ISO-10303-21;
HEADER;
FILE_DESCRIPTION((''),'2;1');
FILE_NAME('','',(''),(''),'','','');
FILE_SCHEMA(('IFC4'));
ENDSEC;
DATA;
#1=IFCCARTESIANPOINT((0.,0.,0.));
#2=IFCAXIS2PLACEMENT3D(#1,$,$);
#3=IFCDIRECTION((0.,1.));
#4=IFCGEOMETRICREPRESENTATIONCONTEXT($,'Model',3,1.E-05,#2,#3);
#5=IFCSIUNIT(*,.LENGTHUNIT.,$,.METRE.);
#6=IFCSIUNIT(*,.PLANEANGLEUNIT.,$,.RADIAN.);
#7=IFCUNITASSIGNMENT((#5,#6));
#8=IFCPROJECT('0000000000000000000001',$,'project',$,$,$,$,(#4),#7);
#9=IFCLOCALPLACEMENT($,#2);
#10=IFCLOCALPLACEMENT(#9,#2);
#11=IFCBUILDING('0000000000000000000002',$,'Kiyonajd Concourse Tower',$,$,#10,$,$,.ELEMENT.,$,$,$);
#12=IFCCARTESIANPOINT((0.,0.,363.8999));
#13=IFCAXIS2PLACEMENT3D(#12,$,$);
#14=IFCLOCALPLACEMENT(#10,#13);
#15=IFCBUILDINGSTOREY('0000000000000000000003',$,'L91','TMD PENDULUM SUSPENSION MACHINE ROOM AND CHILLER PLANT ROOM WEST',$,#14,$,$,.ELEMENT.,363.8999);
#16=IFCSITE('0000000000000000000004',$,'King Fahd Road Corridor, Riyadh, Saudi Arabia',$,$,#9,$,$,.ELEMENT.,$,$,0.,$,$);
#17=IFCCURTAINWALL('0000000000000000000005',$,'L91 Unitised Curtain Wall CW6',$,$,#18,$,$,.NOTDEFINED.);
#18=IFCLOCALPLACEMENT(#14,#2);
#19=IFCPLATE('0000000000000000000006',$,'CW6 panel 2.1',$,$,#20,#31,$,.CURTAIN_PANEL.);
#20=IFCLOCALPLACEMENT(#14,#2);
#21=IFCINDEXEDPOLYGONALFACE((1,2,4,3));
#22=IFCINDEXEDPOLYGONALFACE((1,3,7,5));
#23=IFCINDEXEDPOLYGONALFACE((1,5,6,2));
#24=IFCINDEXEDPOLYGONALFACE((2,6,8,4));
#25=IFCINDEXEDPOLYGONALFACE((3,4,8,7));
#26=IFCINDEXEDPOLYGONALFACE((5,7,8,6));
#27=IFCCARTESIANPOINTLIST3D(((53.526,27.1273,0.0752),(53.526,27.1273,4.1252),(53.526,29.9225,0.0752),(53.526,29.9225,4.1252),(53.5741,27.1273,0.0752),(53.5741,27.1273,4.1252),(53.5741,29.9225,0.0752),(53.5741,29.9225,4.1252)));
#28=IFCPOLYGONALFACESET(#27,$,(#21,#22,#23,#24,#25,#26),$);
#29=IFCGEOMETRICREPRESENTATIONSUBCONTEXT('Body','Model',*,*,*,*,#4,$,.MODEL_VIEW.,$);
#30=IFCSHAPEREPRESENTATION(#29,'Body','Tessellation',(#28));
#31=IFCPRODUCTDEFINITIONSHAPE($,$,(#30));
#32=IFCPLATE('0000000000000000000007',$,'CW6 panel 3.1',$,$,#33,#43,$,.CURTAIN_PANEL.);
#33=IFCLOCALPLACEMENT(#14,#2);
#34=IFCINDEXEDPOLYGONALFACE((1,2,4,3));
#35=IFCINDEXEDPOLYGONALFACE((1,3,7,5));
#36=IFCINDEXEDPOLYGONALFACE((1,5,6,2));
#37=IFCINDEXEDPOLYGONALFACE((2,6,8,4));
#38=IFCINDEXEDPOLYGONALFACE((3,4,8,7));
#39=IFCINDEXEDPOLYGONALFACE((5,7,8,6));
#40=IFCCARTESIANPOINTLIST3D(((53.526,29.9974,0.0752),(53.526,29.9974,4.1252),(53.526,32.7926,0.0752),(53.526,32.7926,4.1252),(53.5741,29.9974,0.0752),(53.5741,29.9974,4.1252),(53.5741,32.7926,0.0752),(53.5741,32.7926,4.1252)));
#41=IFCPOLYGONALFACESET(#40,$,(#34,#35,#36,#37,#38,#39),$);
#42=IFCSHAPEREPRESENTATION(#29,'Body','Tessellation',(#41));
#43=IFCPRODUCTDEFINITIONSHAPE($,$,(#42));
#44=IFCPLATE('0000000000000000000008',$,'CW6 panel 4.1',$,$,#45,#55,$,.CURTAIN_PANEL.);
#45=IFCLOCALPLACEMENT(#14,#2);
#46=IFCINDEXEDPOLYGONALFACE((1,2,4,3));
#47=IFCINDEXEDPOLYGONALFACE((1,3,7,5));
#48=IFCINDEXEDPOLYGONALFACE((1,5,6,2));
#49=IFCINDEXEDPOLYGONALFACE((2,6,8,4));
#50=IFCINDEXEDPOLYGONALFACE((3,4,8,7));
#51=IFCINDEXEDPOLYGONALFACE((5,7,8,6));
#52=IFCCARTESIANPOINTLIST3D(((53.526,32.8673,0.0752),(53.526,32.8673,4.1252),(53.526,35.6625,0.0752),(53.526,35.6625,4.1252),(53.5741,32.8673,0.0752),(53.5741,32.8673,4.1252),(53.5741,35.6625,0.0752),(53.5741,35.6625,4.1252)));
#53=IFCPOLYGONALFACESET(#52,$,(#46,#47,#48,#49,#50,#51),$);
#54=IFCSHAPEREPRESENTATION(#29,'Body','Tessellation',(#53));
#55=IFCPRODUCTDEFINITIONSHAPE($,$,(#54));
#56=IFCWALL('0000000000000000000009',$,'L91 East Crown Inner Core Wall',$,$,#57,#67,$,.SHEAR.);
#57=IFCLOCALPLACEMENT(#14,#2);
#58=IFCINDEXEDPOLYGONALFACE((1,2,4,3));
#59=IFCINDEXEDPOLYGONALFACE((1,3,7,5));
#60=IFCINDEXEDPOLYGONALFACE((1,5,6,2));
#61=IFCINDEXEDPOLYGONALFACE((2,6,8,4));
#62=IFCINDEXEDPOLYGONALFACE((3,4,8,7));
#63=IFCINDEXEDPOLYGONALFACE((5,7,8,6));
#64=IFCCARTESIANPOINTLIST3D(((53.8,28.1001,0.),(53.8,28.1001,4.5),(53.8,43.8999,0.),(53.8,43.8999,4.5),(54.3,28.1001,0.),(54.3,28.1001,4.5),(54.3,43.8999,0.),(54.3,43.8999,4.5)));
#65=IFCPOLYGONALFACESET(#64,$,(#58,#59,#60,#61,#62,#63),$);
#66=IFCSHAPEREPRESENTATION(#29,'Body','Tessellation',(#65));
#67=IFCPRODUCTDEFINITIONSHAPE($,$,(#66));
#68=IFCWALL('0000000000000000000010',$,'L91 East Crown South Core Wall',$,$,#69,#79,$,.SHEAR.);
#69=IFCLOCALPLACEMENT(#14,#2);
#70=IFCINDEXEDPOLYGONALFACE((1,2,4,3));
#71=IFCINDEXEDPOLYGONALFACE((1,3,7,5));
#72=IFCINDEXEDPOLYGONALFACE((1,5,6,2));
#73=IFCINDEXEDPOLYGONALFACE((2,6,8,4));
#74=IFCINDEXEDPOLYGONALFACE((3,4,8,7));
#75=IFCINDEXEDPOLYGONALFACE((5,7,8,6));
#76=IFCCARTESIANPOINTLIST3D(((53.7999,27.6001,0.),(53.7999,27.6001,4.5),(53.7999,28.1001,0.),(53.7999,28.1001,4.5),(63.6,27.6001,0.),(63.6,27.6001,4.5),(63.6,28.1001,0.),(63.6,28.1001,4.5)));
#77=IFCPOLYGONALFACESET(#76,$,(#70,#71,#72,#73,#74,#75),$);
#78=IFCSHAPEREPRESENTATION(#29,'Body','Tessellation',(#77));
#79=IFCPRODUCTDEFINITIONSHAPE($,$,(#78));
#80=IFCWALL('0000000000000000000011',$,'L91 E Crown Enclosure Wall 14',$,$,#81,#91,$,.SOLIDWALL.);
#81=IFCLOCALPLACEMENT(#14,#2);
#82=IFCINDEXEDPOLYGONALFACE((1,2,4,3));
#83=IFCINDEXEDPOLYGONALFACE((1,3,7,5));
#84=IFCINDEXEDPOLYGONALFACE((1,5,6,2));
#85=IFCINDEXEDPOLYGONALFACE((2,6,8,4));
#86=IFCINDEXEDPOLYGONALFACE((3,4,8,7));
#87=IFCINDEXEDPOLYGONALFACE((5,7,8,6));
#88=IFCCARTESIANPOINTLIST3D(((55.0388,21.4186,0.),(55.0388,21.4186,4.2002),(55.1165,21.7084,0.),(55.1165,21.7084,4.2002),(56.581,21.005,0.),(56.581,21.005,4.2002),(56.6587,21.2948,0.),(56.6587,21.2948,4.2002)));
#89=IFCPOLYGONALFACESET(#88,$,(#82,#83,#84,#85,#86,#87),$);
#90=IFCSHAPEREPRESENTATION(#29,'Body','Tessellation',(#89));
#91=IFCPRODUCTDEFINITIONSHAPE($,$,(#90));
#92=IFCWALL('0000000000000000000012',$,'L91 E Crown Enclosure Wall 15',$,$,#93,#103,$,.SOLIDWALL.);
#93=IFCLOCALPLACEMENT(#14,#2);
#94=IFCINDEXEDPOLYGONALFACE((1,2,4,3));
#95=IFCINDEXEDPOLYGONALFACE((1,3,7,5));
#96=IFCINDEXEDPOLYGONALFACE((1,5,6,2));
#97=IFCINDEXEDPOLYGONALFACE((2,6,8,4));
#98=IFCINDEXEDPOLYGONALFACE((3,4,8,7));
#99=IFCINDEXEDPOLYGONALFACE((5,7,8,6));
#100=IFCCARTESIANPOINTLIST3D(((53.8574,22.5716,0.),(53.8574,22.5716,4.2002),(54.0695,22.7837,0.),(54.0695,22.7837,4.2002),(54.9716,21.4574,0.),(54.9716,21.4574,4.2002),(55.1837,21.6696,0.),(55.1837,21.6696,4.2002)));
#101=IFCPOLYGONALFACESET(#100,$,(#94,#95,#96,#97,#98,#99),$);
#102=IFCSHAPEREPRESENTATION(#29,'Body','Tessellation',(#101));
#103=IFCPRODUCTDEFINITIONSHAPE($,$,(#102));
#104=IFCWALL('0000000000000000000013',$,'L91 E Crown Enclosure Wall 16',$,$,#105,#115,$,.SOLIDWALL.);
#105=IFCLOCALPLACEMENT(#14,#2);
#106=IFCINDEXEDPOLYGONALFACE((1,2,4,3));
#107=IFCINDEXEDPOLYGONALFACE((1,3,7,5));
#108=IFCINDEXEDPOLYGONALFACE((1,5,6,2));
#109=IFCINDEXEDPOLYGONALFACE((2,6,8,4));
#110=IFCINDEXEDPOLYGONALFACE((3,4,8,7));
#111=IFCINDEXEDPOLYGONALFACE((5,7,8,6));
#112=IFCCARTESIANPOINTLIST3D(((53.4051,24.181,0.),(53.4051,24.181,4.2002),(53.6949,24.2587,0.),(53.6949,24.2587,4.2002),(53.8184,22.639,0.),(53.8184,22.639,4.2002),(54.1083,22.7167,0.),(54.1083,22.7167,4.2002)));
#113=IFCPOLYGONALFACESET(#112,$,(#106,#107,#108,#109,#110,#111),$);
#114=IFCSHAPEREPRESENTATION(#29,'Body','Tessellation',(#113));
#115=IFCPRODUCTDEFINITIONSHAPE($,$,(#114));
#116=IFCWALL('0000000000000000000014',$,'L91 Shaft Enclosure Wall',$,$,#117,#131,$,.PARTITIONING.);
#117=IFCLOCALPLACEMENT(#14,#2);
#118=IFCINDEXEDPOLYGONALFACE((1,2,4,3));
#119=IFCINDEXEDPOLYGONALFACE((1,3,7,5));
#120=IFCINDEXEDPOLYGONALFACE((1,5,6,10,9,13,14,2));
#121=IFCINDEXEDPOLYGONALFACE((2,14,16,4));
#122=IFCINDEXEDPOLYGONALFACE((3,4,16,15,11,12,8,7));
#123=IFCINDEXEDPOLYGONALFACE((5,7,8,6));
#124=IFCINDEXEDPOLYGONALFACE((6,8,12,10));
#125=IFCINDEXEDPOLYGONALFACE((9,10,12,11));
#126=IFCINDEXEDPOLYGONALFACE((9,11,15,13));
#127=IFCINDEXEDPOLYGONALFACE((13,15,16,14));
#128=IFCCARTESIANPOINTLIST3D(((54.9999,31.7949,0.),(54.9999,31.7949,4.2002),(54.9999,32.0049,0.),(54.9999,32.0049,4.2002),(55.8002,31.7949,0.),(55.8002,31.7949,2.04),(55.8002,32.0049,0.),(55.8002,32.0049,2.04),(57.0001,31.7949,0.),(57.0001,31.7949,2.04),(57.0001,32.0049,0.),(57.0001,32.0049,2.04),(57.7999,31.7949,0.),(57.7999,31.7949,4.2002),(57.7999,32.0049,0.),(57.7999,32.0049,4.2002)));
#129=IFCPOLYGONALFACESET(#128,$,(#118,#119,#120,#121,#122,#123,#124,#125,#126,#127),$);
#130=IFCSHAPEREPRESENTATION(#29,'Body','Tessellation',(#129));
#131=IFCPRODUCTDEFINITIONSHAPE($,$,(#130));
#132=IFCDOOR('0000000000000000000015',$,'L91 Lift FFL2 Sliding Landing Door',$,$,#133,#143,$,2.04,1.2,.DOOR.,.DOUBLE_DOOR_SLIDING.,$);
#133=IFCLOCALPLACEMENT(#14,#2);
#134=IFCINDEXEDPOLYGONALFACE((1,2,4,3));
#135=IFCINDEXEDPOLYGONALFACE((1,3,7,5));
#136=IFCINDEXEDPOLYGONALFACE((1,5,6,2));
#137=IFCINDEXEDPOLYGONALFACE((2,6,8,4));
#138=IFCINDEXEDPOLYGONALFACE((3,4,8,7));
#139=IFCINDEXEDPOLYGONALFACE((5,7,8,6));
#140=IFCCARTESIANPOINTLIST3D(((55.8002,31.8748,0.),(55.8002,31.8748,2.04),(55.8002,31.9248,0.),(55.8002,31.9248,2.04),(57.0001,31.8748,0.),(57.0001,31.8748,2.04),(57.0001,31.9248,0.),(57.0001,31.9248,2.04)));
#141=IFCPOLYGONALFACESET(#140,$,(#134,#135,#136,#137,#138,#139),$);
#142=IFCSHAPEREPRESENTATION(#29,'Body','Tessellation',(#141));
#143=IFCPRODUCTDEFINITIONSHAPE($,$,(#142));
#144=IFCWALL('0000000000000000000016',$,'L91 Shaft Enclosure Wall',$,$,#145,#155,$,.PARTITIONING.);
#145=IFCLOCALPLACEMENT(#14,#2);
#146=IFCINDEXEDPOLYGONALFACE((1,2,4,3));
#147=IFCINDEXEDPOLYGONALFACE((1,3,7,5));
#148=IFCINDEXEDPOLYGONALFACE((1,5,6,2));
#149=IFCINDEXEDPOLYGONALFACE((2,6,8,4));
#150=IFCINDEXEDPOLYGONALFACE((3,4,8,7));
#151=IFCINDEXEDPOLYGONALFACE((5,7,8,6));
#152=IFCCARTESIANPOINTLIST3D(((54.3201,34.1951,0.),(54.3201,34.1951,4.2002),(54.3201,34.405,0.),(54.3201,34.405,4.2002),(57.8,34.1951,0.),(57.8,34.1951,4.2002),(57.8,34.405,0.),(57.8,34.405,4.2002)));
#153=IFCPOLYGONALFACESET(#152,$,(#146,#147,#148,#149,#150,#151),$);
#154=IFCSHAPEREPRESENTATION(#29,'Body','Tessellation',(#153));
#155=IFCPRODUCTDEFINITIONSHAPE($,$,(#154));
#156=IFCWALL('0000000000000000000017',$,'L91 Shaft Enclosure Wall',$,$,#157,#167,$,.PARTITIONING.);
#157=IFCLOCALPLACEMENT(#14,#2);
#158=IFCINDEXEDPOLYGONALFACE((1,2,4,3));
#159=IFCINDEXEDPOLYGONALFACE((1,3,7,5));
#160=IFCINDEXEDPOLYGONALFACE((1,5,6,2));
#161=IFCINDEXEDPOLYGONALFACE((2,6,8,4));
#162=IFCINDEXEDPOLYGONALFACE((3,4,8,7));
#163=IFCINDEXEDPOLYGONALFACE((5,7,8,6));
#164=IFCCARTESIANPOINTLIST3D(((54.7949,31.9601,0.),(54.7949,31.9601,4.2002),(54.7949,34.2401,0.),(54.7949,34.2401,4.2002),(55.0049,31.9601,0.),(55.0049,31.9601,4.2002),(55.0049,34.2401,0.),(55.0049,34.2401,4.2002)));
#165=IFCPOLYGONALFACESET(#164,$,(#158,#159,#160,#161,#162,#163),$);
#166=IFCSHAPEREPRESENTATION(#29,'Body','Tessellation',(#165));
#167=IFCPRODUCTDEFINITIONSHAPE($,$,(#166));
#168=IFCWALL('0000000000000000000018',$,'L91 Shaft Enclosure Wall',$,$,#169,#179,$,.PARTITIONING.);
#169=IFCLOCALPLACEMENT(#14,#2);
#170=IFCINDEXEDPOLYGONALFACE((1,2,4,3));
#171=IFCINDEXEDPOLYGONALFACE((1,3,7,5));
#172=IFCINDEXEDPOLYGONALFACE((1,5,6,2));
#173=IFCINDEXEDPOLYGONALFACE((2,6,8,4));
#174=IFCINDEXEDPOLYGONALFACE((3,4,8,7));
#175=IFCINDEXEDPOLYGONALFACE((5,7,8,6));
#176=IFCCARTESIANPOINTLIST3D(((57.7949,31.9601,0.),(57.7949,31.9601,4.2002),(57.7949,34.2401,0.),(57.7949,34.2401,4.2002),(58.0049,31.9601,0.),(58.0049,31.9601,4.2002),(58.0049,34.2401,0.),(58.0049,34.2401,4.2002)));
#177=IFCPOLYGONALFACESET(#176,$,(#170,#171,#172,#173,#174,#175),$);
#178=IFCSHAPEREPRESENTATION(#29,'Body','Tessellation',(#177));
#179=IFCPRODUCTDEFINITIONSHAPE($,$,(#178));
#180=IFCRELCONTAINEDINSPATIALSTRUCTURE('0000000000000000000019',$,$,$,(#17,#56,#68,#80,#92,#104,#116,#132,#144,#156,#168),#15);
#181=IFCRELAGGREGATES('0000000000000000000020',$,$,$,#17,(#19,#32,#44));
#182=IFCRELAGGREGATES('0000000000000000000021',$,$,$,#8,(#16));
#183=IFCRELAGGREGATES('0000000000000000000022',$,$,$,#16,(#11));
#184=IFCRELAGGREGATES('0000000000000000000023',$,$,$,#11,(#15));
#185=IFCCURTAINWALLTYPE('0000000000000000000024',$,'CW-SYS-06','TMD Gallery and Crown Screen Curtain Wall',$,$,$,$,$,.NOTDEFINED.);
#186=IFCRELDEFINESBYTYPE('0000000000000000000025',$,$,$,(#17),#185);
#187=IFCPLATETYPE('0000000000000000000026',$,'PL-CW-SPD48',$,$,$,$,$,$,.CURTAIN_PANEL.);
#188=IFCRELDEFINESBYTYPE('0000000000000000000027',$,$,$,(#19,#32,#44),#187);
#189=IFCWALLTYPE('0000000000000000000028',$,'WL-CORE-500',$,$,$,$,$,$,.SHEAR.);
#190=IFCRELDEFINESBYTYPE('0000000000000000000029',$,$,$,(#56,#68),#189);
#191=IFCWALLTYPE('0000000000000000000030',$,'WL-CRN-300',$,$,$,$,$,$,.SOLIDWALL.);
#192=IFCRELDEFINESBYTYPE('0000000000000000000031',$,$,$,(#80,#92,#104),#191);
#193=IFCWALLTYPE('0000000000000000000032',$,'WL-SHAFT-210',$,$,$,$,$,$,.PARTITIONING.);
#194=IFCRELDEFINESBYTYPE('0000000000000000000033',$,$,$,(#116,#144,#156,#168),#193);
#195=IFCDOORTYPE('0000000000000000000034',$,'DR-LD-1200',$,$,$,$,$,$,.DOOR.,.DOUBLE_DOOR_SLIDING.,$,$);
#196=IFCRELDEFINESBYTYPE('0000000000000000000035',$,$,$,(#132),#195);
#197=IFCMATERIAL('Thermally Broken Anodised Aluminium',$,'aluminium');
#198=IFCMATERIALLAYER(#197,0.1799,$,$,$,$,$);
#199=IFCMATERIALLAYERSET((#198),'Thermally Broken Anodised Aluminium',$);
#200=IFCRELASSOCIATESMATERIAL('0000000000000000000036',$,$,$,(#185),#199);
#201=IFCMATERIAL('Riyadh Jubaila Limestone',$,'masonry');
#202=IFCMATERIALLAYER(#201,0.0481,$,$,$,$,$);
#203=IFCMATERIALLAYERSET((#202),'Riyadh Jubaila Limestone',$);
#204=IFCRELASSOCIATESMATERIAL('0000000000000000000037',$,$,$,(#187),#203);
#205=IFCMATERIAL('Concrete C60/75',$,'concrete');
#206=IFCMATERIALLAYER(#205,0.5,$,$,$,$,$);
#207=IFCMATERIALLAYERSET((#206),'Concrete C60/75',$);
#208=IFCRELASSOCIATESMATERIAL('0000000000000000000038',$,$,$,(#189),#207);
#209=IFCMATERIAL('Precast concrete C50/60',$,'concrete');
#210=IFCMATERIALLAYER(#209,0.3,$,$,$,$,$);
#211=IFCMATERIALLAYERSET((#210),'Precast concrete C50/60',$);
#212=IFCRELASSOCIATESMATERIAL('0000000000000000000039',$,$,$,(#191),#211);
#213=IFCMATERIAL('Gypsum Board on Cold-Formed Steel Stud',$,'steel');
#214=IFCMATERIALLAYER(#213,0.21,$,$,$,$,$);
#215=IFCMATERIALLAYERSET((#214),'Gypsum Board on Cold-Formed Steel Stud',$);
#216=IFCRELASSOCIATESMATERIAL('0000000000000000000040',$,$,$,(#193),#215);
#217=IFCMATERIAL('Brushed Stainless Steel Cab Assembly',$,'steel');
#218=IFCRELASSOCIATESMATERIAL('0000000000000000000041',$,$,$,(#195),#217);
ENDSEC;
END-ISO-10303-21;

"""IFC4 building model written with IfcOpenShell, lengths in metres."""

from ifc_helpers import new_model, si_unit, direction, frame, frame_2d, origin, origin_2d, place, context, subcontext, project, spatial, rectangle, extrude, material, layer, layer_set, type_object, element, fill, aggregate, save


model = new_model("IFC4")

# Units and contexts
model_context = context("Model", 3, precision=1e-05, world=origin(), true_north=direction((0.0, 1.0)))
body_context = subcontext(model_context, "Body", "Model", "MODEL_VIEW")
ifc_project = project(units=[si_unit("LENGTHUNIT", "METRE"), si_unit("PLANEANGLEUNIT", "RADIAN")], contexts=[model_context])

# Site, building, storey
site_placement = place(None, origin())
site = spatial("IfcSite", under=ifc_project, at=site_placement, Name="King Fahd Road Corridor, Riyadh, Saudi Arabia", CompositionType="ELEMENT", RefElevation=0.0)
building_placement = place(site_placement, origin())
building = spatial("IfcBuilding", under=site, at=building_placement, Name="Kiyonajd Concourse Tower", CompositionType="ELEMENT")
storey_placement = place(building_placement, frame((0.0, 0.0, 363.8999)))
storey = spatial("IfcBuildingStorey", under=building, at=storey_placement, Name="L91", Description="TMD PENDULUM SUSPENSION MACHINE ROOM AND CHILLER PLANT ROOM WEST", CompositionType="ELEMENT", Elevation=363.8999)

# Curtain wall, plates
ifc_material_1 = material(Name="Thermally Broken Anodised Aluminium", Category="aluminium")
ifc_layer_1 = layer(ifc_material_1, 0.1799)
ifc_layer_set_1 = layer_set([ifc_layer_1], Name="Thermally Broken Anodised Aluminium")
curtain_wall_type = type_object("IfcCurtainWallType", Name="CW-SYS-06", Description="TMD Gallery and Crown Screen Curtain Wall", PredefinedType="NOTDEFINED", material=ifc_layer_set_1)
curtain_wall_placement = place(storey_placement, origin())
curtain_wall = element("IfcCurtainWall", 1, at=curtain_wall_placement, inside=storey, type_object=curtain_wall_type, Name="L91 Unitised Curtain Wall CW6", PredefinedType="NOTDEFINED")
ifc_material_2 = material(Name="Riyadh Jubaila Limestone", Category="masonry")
ifc_layer_2 = layer(ifc_material_2, 0.0481)
ifc_layer_set_2 = layer_set([ifc_layer_2], Name="Riyadh Jubaila Limestone")
plate_type = type_object("IfcPlateType", Name="PL-CW-SPD48", PredefinedType="CURTAIN_PANEL", material=ifc_layer_set_2)
plate_1_placement = place(storey_placement, frame((53.55, 28.5249, 0.0752), z_axis=(0.0, 0.0, 1.0), x_axis=(0.0, 1.0, 0.0)))
plate_1 = element("IfcPlate", 2, at=plate_1_placement, type_object=plate_type, Name="CW6 panel 2.1", PredefinedType="CURTAIN_PANEL", context=body_context, shape_type="SweptSolid", body=[
    extrude(rectangle(XDim=2.7952, YDim=0.0481, at=origin_2d()), origin(), (0.0, 0.0, 1.0), 4.05),
])
plate_2_placement = place(storey_placement, frame((53.55, 31.395, 0.0752), z_axis=(0.0, 0.0, 1.0), x_axis=(0.0, 1.0, 0.0)))
plate_2 = element("IfcPlate", 3, at=plate_2_placement, type_object=plate_type, Name="CW6 panel 3.1", PredefinedType="CURTAIN_PANEL", context=body_context, shape_type="SweptSolid", body=[
    extrude(rectangle(XDim=2.7952, YDim=0.0481, at=origin_2d()), origin(), (0.0, 0.0, 1.0), 4.05),
])
plate_3_placement = place(storey_placement, frame((53.55, 34.2649, 0.0752), z_axis=(0.0, 0.0, 1.0), x_axis=(0.0, 1.0, 0.0)))
plate_3 = element("IfcPlate", 4, at=plate_3_placement, type_object=plate_type, Name="CW6 panel 4.1", PredefinedType="CURTAIN_PANEL", context=body_context, shape_type="SweptSolid", body=[
    extrude(rectangle(XDim=2.7952, YDim=0.0481, at=origin_2d()), origin(), (0.0, 0.0, 1.0), 4.05),
])
aggregate(curtain_wall, [plate_1, plate_2, plate_3])

# Walls
ifc_material_3 = material(Name="Concrete C60/75", Category="concrete")
ifc_layer_3 = layer(ifc_material_3, 0.5)
ifc_layer_set_3 = layer_set([ifc_layer_3], Name="Concrete C60/75")
wall_type_1 = type_object("IfcWallType", Name="WL-CORE-500", PredefinedType="SHEAR", material=ifc_layer_set_3)
wall_1_placement = place(storey_placement, frame((54.05, 28.1001, 0.0), z_axis=(0.0, 0.0, 1.0), x_axis=(0.0, 1.0, 0.0)))
element("IfcWall", 5, at=wall_1_placement, inside=storey, type_object=wall_type_1, Name="L91 East Crown Inner Core Wall", PredefinedType="SHEAR", context=body_context, shape_type="SweptSolid", body=[
    extrude(rectangle(XDim=15.7998, YDim=0.5, at=frame_2d((7.8999, 0.0))), origin(), (0.0, 0.0, 1.0), 4.5),
])
wall_2_placement = place(storey_placement, frame((53.8, 27.8501, 0.0), z_axis=(0.0, 0.0, 1.0), x_axis=(1.0, 0.0, 0.0)))
element("IfcWall", 6, at=wall_2_placement, inside=storey, type_object=wall_type_1, Name="L91 East Crown South Core Wall", PredefinedType="SHEAR", context=body_context, shape_type="SweptSolid", body=[
    extrude(rectangle(XDim=9.8, YDim=0.5, at=frame_2d((4.8999, 0.0))), origin(), (0.0, 0.0, 1.0), 4.5),
])
ifc_material_4 = material(Name="Precast concrete C50/60", Category="concrete")
ifc_layer_4 = layer(ifc_material_4, 0.3)
ifc_layer_set_4 = layer_set([ifc_layer_4], Name="Precast concrete C50/60")
wall_type_2 = type_object("IfcWallType", Name="WL-CRN-300", PredefinedType="SOLIDWALL", material=ifc_layer_set_4)
wall_3_placement = place(storey_placement, frame((56.6199, 21.1499, 0.0), z_axis=(0.0, 0.0, 1.0), x_axis=(-0.965874, 0.259014, 0.0)))
element("IfcWall", 7, at=wall_3_placement, inside=storey, type_object=wall_type_2, Name="L91 E Crown Enclosure Wall 14", PredefinedType="SOLIDWALL", context=body_context, shape_type="SweptSolid", body=[
    extrude(rectangle(XDim=1.5967, YDim=0.3, at=frame_2d((0.7983, 0.0))), origin(), (0.0, 0.0, 1.0), 4.2002),
])
wall_4_placement = place(storey_placement, frame((55.0776, 21.5635, 0.0), z_axis=(0.0, 0.0, 1.0), x_axis=(-0.707107, 0.707107, 0.0)))
element("IfcWall", 8, at=wall_4_placement, inside=storey, type_object=wall_type_2, Name="L91 E Crown Enclosure Wall 15", PredefinedType="SOLIDWALL", context=body_context, shape_type="SweptSolid", body=[
    extrude(rectangle(XDim=1.5757, YDim=0.3, at=frame_2d((0.7878, 0.0))), origin(), (0.0, 0.0, 1.0), 4.2002),
])
wall_5_placement = place(storey_placement, frame((53.9634, 22.6777, 0.0), z_axis=(0.0, 0.0, 1.0), x_axis=(-0.258909, 0.965902, 0.0)))
element("IfcWall", 9, at=wall_5_placement, inside=storey, type_object=wall_type_2, Name="L91 E Crown Enclosure Wall 16", PredefinedType="SOLIDWALL", context=body_context, shape_type="SweptSolid", body=[
    extrude(rectangle(XDim=1.5964, YDim=0.3, at=frame_2d((0.7983, 0.0))), origin(), (0.0, 0.0, 1.0), 4.2002),
])

# Wall, opening, door
ifc_material_5 = material(Name="Gypsum Board on Cold-Formed Steel Stud", Category="steel")
ifc_layer_5 = layer(ifc_material_5, 0.21)
ifc_layer_set_5 = layer_set([ifc_layer_5], Name="Gypsum Board on Cold-Formed Steel Stud")
wall_type_3 = type_object("IfcWallType", Name="WL-SHAFT-210", PredefinedType="PARTITIONING", material=ifc_layer_set_5)
wall_6_placement = place(storey_placement, frame((55.0, 31.8999, 0.0), z_axis=(0.0, 0.0, 1.0), x_axis=(1.0, 0.0, 0.0)))
wall_6 = element("IfcWall", 10, at=wall_6_placement, inside=storey, type_object=wall_type_3, Name="L91 Shaft Enclosure Wall", PredefinedType="PARTITIONING", context=body_context, shape_type="SweptSolid", body=[
    extrude(rectangle(XDim=2.8, YDim=0.21, at=frame_2d((1.3999, 0.0))), origin(), (0.0, 0.0, 1.0), 4.2002),
])
opening_1_placement = place(wall_6_placement, frame((0.8, 0.0, 0.0)))
opening_1 = element("IfcOpeningElement", 11, at=opening_1_placement, cuts=wall_6, PredefinedType="OPENING", context=body_context, shape_type="SweptSolid", body=[
    extrude(rectangle(XDim=1.2, YDim=2.04, at=frame_2d((0.6001, 1.02))), frame((0.0, 0.115, 0.0), z_axis=(0.0, -1.0, 0.0), x_axis=(1.0, 0.0, 0.0)), (0.0, 0.0, 1.0), 0.23),
])
ifc_material_6 = material(Name="Brushed Stainless Steel Cab Assembly", Category="steel")
door_type_1 = type_object("IfcDoorType", Name="DR-LD-1200", OperationType="DOUBLE_DOOR_SLIDING", PredefinedType="DOOR", material=ifc_material_6)
door_1_placement = place(opening_1_placement, origin())
door_1 = element("IfcDoor", 12, at=door_1_placement, inside=storey, type_object=door_type_1, Name="L91 Lift FFL2 Sliding Landing Door", OperationType="DOUBLE_DOOR_SLIDING", OverallHeight=2.04, OverallWidth=1.2, PredefinedType="DOOR", context=body_context, shape_type="SweptSolid", body=[
    extrude(rectangle(XDim=1.2, YDim=2.04, at=frame_2d((0.6001, 1.02))), frame((0.0, 0.0249, 0.0), z_axis=(0.0, -1.0, 0.0), x_axis=(1.0, 0.0, 0.0)), (0.0, 0.0, 1.0), 0.05),
])
fill(opening_1, door_1)

# Walls
wall_7_placement = place(storey_placement, frame((54.3201, 34.3, 0.0), z_axis=(0.0, 0.0, 1.0), x_axis=(1.0, 0.0, 0.0)))
element("IfcWall", 13, at=wall_7_placement, inside=storey, type_object=wall_type_3, Name="L91 Shaft Enclosure Wall", PredefinedType="PARTITIONING", context=body_context, shape_type="SweptSolid", body=[
    extrude(rectangle(XDim=3.48, YDim=0.21, at=frame_2d((1.74, 0.0))), origin(), (0.0, 0.0, 1.0), 4.2002),
])
for number, where, z_axis, x_axis, name in (
    (14, (54.8999, 31.96, 0.0), (0.0, 0.0, 1.0), (0.0, 1.0, 0.0), "L91 Shaft Enclosure Wall"),
    (15, (57.8999, 31.96, 0.0), (0.0, 0.0, 1.0), (0.0, 1.0, 0.0), "L91 Shaft Enclosure Wall"),
):
    element("IfcWall", number, at=place(storey_placement, frame(where, z_axis=z_axis, x_axis=x_axis)), inside=storey, type_object=wall_type_3, Name=name, PredefinedType="PARTITIONING", context=body_context, shape_type="SweptSolid", body=[
        extrude(rectangle(XDim=2.28, YDim=0.21, at=frame_2d((1.1401, 0.0))), origin(), (0.0, 0.0, 1.0), 4.2002),
    ])

save(model, "model.ifc")
